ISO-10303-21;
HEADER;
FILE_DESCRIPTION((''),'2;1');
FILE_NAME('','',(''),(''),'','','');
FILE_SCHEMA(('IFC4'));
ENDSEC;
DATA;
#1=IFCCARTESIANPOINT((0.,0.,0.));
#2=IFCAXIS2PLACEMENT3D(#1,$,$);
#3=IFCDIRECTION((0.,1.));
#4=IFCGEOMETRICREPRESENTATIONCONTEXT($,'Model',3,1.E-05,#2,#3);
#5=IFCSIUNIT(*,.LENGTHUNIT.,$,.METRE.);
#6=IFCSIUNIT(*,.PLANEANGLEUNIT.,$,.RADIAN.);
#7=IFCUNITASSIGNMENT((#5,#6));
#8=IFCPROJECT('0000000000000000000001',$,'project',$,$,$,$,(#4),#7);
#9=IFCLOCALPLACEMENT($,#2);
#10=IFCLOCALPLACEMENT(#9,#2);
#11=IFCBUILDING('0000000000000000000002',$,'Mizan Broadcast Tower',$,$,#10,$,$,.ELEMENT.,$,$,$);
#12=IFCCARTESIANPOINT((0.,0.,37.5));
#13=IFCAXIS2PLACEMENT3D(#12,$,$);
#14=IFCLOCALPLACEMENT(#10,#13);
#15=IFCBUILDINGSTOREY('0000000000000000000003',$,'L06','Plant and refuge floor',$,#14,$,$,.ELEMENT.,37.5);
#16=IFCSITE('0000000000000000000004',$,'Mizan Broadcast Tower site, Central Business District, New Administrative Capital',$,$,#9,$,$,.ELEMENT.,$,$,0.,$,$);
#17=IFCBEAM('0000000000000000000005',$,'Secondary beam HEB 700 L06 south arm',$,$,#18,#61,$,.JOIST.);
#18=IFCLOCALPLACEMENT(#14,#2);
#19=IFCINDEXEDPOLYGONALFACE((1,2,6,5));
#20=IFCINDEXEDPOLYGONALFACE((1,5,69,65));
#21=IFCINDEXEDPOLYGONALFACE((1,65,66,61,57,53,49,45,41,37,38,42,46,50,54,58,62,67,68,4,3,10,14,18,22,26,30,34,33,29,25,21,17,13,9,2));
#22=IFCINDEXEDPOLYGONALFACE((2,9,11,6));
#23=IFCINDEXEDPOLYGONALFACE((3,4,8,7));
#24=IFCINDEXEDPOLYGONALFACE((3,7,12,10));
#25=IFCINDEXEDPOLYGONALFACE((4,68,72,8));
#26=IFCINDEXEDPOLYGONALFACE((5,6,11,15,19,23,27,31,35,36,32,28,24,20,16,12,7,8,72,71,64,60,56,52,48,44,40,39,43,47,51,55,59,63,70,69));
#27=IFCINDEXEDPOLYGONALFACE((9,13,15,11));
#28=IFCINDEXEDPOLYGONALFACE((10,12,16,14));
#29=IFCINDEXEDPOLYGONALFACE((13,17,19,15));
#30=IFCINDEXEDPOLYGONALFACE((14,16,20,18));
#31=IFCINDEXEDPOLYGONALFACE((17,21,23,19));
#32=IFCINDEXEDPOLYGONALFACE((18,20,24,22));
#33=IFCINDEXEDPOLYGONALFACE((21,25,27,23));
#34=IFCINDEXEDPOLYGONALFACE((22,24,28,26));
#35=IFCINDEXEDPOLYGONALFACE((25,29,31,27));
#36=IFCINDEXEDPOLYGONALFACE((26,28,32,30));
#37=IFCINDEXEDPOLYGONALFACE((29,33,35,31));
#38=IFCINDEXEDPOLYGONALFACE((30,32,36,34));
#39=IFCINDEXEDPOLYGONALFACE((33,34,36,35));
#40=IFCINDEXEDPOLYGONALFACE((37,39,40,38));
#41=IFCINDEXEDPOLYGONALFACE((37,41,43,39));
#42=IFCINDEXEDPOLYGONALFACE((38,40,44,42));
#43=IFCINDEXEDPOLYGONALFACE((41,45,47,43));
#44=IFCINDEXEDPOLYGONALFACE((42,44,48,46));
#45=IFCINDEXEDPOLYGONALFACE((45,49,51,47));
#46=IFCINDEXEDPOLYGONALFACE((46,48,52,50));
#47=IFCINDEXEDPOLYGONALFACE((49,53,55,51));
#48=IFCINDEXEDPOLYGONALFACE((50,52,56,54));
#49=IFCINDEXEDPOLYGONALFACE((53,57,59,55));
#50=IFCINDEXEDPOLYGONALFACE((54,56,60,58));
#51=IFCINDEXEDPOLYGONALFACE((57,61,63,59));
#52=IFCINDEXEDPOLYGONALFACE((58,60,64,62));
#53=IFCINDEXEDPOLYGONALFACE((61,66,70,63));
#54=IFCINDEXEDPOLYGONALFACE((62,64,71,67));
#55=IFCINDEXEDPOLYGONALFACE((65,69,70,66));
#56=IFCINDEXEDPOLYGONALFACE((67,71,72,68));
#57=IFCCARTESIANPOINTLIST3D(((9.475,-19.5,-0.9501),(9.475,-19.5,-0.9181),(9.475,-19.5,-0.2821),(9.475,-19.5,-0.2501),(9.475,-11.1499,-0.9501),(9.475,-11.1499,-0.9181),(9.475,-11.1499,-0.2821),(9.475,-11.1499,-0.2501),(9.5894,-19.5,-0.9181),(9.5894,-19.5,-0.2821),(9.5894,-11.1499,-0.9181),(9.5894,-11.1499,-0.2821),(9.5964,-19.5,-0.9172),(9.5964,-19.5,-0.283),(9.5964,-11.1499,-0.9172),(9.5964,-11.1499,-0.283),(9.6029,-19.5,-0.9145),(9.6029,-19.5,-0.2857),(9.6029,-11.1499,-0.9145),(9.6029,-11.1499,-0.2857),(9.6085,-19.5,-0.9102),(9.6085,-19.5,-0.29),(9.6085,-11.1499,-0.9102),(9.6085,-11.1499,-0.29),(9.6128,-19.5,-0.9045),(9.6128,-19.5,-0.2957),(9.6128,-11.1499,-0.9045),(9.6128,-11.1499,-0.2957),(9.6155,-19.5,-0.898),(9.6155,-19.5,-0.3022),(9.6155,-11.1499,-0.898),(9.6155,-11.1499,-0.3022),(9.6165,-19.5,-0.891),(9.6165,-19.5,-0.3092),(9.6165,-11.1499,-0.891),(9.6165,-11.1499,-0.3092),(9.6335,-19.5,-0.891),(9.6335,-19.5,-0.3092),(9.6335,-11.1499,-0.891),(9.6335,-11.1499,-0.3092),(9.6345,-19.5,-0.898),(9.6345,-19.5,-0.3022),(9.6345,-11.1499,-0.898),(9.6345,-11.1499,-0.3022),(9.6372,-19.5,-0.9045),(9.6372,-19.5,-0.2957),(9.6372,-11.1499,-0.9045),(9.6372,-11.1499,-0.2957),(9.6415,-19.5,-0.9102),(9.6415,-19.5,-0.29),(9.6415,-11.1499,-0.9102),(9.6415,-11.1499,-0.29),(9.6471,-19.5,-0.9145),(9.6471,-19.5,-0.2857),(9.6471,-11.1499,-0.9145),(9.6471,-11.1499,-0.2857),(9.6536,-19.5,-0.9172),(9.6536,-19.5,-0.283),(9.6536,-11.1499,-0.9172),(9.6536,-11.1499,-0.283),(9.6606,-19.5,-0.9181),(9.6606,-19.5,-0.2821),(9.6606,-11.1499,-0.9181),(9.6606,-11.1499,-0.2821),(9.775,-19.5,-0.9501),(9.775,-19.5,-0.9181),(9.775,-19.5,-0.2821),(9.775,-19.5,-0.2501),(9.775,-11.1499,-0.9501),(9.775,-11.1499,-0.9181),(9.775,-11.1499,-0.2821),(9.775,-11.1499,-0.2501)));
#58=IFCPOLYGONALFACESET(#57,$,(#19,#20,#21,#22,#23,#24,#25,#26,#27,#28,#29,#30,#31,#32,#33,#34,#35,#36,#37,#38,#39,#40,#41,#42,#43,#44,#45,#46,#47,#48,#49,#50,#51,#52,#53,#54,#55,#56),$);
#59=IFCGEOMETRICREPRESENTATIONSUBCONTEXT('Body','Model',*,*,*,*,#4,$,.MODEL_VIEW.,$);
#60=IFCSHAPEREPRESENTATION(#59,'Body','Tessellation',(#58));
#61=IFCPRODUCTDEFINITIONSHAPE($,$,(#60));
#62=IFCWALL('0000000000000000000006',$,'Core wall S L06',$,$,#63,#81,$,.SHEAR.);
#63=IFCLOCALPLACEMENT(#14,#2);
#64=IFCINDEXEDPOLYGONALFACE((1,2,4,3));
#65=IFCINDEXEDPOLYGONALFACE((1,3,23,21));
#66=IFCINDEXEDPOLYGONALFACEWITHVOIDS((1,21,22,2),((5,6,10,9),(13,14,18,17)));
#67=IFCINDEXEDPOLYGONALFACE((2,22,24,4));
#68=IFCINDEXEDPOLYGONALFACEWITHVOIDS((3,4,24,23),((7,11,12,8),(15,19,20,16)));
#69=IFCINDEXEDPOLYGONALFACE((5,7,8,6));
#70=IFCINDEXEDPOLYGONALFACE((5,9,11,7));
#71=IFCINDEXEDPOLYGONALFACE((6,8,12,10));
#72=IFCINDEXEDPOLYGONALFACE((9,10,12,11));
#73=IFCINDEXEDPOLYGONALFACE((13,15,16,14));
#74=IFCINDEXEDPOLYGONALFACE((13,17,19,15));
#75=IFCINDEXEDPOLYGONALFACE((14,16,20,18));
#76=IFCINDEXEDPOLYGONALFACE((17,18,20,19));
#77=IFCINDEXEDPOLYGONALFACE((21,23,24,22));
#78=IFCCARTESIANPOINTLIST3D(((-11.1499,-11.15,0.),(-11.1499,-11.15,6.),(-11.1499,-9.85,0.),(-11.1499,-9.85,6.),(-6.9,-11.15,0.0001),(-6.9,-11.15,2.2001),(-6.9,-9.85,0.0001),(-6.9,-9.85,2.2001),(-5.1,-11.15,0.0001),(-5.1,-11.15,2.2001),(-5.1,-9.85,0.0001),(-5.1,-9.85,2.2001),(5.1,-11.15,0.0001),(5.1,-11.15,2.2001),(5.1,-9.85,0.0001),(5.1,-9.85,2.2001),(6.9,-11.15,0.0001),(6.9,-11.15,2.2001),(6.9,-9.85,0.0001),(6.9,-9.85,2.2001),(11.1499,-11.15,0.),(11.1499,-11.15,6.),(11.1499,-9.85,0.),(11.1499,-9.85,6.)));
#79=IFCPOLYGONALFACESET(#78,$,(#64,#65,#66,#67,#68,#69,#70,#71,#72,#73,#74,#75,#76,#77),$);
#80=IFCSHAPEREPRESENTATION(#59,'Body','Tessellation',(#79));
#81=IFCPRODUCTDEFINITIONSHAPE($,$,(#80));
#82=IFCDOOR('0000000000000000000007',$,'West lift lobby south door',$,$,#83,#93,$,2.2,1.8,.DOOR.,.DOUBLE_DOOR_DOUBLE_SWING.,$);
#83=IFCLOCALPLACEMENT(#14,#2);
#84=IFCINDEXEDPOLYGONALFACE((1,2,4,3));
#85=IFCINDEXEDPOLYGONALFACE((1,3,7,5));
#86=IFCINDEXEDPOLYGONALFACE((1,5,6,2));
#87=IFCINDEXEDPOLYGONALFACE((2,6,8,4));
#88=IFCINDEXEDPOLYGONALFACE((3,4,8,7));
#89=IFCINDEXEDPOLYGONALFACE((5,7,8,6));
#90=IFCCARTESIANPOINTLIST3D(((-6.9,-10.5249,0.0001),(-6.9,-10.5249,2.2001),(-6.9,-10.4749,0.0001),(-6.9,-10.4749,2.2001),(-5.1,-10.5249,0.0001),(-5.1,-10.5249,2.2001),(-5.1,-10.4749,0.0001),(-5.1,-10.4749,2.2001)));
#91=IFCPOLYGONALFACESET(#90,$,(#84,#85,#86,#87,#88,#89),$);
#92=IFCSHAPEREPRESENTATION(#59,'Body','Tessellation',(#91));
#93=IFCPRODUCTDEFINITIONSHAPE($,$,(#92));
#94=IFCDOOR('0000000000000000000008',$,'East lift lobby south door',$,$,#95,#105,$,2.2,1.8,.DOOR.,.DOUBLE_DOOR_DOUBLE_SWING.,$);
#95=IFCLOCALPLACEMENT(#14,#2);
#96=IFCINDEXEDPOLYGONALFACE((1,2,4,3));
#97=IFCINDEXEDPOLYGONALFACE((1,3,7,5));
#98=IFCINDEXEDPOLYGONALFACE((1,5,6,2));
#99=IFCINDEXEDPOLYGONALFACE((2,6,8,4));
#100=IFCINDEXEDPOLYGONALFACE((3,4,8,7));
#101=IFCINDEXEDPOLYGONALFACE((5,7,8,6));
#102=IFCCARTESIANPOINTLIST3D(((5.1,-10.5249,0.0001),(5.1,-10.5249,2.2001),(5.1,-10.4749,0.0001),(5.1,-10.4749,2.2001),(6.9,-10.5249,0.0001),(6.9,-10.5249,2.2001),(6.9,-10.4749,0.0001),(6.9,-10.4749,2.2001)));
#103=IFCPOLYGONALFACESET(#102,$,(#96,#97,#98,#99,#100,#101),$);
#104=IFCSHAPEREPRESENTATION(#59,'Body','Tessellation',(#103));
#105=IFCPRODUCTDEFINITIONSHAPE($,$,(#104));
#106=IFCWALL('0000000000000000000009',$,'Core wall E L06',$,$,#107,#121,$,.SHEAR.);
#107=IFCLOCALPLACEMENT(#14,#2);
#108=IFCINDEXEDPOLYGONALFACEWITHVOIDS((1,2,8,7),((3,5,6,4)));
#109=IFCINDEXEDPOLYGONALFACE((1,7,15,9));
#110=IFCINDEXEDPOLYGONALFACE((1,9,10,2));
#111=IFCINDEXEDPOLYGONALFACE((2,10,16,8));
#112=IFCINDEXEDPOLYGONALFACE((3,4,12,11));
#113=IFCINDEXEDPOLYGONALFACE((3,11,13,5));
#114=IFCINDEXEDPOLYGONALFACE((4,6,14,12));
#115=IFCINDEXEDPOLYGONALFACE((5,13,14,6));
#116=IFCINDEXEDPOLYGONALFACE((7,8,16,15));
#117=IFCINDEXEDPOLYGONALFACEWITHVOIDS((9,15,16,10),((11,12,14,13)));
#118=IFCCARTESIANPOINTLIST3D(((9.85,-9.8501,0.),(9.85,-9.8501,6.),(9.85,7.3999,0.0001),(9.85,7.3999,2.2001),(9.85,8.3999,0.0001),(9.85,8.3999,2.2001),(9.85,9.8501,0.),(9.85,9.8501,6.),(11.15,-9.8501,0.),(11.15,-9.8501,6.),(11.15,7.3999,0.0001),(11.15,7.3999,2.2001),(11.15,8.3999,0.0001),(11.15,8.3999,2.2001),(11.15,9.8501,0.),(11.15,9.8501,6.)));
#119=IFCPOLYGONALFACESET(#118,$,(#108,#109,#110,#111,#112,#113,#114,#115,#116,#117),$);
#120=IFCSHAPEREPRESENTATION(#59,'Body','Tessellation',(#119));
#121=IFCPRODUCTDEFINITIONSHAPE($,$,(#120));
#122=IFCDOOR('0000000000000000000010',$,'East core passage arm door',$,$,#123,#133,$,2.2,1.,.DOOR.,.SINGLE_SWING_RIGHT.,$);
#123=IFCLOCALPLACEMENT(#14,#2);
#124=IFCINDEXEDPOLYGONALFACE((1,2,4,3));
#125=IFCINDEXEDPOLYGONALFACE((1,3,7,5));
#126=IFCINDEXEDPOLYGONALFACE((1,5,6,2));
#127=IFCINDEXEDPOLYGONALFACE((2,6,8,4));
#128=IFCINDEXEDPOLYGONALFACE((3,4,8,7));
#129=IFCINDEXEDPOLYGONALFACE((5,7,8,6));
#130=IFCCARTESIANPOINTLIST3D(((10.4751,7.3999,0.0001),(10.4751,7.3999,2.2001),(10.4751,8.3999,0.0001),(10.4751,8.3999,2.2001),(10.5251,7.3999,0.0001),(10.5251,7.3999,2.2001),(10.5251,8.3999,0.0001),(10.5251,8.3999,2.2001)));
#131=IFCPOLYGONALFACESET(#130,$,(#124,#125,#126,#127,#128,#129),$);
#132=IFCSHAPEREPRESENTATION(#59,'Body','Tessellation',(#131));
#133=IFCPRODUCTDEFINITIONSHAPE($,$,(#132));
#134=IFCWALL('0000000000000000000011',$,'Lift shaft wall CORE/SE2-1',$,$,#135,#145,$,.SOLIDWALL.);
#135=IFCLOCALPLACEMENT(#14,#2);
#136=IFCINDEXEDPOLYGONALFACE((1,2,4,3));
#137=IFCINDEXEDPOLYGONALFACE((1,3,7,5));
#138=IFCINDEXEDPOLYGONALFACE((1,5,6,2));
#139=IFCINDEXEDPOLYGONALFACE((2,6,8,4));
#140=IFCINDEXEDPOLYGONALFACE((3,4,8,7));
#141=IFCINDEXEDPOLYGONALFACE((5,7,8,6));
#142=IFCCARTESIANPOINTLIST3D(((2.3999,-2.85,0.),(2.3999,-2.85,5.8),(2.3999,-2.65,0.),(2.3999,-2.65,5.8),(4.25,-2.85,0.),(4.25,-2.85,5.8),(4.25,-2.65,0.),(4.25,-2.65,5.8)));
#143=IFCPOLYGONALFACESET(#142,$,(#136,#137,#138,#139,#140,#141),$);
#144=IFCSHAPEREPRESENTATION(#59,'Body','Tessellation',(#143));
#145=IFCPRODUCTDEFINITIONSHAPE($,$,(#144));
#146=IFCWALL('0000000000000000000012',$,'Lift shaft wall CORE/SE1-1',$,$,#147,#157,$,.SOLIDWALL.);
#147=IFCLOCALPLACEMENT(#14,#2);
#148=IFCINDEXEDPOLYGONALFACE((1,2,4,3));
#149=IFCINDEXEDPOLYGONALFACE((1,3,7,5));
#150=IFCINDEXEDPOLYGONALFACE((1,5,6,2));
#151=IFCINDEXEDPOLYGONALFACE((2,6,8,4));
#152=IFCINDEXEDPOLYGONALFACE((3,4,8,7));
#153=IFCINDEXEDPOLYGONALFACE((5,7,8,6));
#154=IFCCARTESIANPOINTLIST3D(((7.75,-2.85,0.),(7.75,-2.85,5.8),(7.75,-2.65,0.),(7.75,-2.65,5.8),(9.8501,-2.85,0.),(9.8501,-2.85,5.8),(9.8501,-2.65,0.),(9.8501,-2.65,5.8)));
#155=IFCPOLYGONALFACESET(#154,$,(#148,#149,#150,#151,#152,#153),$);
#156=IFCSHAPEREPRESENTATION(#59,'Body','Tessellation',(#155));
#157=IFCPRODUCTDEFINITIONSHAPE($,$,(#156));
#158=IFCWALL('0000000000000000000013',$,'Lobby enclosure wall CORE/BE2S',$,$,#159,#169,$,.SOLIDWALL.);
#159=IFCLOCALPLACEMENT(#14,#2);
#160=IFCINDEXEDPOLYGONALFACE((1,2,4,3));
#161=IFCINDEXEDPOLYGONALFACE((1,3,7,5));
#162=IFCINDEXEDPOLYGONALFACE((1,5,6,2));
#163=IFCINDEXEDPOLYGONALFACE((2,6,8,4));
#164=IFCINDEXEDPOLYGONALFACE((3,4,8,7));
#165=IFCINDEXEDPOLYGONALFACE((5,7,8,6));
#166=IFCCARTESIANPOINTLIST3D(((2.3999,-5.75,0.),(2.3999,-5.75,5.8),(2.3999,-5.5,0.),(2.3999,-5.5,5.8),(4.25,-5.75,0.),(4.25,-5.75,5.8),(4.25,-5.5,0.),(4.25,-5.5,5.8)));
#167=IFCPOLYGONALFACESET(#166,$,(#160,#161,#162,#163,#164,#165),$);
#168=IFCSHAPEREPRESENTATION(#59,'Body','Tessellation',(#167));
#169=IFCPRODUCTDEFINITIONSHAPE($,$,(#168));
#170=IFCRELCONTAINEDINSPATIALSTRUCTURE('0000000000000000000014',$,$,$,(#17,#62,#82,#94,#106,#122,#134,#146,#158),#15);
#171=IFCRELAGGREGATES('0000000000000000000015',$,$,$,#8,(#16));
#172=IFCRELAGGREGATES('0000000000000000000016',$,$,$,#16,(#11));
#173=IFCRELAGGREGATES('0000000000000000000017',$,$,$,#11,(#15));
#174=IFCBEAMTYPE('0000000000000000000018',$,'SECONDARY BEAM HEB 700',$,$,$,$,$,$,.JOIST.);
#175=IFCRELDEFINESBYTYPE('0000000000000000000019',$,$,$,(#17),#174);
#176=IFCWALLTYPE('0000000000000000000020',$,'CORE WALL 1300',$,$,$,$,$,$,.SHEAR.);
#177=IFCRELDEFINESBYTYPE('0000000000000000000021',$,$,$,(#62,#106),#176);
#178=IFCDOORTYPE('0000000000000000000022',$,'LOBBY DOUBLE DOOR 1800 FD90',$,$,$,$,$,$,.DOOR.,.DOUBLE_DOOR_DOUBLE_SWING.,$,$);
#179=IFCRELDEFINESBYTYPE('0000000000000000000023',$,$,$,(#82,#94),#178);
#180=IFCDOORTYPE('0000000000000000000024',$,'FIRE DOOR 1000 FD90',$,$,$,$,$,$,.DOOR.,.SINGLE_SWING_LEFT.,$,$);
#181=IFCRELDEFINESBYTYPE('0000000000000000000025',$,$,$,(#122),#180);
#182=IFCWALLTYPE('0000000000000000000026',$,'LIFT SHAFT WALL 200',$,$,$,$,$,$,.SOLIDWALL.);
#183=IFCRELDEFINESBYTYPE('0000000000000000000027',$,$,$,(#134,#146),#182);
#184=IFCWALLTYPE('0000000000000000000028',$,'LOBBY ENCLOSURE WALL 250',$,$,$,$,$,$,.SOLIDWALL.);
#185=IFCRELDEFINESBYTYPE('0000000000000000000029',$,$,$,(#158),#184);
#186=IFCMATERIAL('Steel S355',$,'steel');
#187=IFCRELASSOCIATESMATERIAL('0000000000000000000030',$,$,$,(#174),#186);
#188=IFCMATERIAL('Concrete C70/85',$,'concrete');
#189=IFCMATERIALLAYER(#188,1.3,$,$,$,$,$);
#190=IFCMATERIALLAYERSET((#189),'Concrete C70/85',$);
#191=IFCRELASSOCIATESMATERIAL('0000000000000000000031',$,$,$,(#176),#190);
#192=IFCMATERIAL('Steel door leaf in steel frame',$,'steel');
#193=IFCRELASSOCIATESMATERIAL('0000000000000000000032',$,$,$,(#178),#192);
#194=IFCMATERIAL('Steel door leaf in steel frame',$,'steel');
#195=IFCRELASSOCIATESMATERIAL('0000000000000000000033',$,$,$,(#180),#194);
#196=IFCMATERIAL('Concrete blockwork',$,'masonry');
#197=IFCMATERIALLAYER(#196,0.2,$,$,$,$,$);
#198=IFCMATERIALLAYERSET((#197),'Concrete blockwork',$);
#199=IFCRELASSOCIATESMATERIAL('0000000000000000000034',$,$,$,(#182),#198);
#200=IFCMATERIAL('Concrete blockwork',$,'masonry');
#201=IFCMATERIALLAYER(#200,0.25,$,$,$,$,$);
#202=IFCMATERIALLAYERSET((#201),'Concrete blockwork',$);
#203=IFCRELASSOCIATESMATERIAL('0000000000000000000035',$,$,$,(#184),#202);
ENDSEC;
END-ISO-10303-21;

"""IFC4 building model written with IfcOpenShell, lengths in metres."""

from ifc_helpers import new_model, si_unit, direction, frame, frame_2d, origin, origin_2d, place, context, subcontext, project, spatial, rectangle, i_section, extrude, material, layer, layer_set, material_profile, profile_set, type_object, element, fill, save


model = new_model("IFC4")

# Units and contexts
model_context = context("Model", 3, precision=1e-05, world=origin(), true_north=direction((0.0, 1.0)))
body_context = subcontext(model_context, "Body", "Model", "MODEL_VIEW")
ifc_project = project(units=[si_unit("LENGTHUNIT", "METRE"), si_unit("PLANEANGLEUNIT", "RADIAN")], contexts=[model_context])

# Site, building, storey
site_placement = place(None, origin())
site = spatial("IfcSite", under=ifc_project, at=site_placement, Name="Mizan Broadcast Tower site, Central Business District, New Administrative Capital", CompositionType="ELEMENT", RefElevation=0.0)
building_placement = place(site_placement, origin())
building = spatial("IfcBuilding", under=site, at=building_placement, Name="Mizan Broadcast Tower", CompositionType="ELEMENT")
storey_placement = place(building_placement, frame((0.0, 0.0, 37.5)))
storey = spatial("IfcBuildingStorey", under=building, at=storey_placement, Name="L06", Description="Plant and refuge floor", CompositionType="ELEMENT", Elevation=37.5)

# Beam
ifc_material_1 = material(Name="Steel S355", Category="steel")
ifc_material_profile_1 = material_profile(ifc_material_1, i_section(OverallWidth=0.3, OverallDepth=0.7, WebThickness=0.0171, FlangeThickness=0.032, FilletRadius=0.0271, at=origin_2d()), Name="HEB 700")
ifc_profile_set_1 = profile_set([ifc_material_profile_1], Name="Steel S355")
beam_type_1 = type_object("IfcBeamType", Name="SECONDARY BEAM HEB 700", PredefinedType="JOIST", material=ifc_profile_set_1)
for number, where, z_axis, x_axis, name in (
    (1, (9.625, -11.1499, -0.6001), (0.0, -1.0, 0.0), (1.0, 0.0, 0.0), "Secondary beam HEB 700 L06 south arm"),
):
    element("IfcBeam", number, at=place(storey_placement, frame(where, z_axis=z_axis, x_axis=x_axis)), inside=storey, type_object=beam_type_1, Name=name, PredefinedType="JOIST", context=body_context, shape_type="SweptSolid", body=[
        extrude(i_section(OverallWidth=0.3, OverallDepth=0.7, WebThickness=0.0171, FlangeThickness=0.032, FilletRadius=0.0271, at=origin_2d()), origin(), (0.0, 0.0, 1.0), 8.3501),
    ])

# Wall, openings, doors
ifc_material_2 = material(Name="Concrete C70/85", Category="concrete")
ifc_layer_1 = layer(ifc_material_2, 1.3)
ifc_layer_set_1 = layer_set([ifc_layer_1], Name="Concrete C70/85")
wall_type_1 = type_object("IfcWallType", Name="CORE WALL 1300", PredefinedType="SHEAR", material=ifc_layer_set_1)
wall_1_placement = place(storey_placement, frame((11.1499, -10.5, 0.0), z_axis=(0.0, 0.0, 1.0), x_axis=(-1.0, 0.0, 0.0)))
wall_1 = element("IfcWall", 2, at=wall_1_placement, inside=storey, type_object=wall_type_1, Name="Core wall S L06", PredefinedType="SHEAR", context=body_context, shape_type="SweptSolid", body=[
    extrude(rectangle(XDim=22.2998, YDim=1.3, at=frame_2d((11.1499, 0.0))), origin(), (0.0, 0.0, 1.0), 6.0),
])
opening_1_placement = place(wall_1_placement, frame((16.25, 0.0, 0.0)))
opening_1 = element("IfcOpeningElement", 3, at=opening_1_placement, cuts=wall_1, PredefinedType="OPENING", context=body_context, shape_type="SweptSolid", body=[
    extrude(rectangle(XDim=1.8, YDim=2.2, at=frame_2d((0.8999, 1.1001))), frame((0.0, 0.6599, 0.0), z_axis=(0.0, -1.0, 0.0), x_axis=(1.0, 0.0, 0.0)), (0.0, 0.0, 1.0), 1.3201),
])
opening_2_placement = place(wall_1_placement, frame((4.25, 0.0, 0.0)))
opening_2 = element("IfcOpeningElement", 4, at=opening_2_placement, cuts=wall_1, PredefinedType="OPENING", context=body_context, shape_type="SweptSolid", body=[
    extrude(rectangle(XDim=1.8, YDim=2.2, at=frame_2d((0.8999, 1.1001))), frame((0.0, 0.6599, 0.0), z_axis=(0.0, -1.0, 0.0), x_axis=(1.0, 0.0, 0.0)), (0.0, 0.0, 1.0), 1.3201),
])
ifc_material_3 = material(Name="Steel door leaf in steel frame", Category="steel")
door_type_1 = type_object("IfcDoorType", Name="LOBBY DOUBLE DOOR 1800 FD90", OperationType="DOUBLE_DOOR_DOUBLE_SWING", PredefinedType="DOOR", material=ifc_material_3)
door_1_placement = place(opening_1_placement, origin())
door_1 = element("IfcDoor", 5, at=door_1_placement, inside=storey, type_object=door_type_1, Name="West lift lobby south door", OperationType="DOUBLE_DOOR_DOUBLE_SWING", OverallHeight=2.2, OverallWidth=1.8, PredefinedType="DOOR", context=body_context, shape_type="SweptSolid", body=[
    extrude(rectangle(XDim=1.8, YDim=2.2, at=frame_2d((0.8999, 1.1001))), frame((0.0, 0.0249, 0.0), z_axis=(0.0, -1.0, 0.0), x_axis=(1.0, 0.0, 0.0)), (0.0, 0.0, 1.0), 0.05),
])
fill(opening_1, door_1)
door_2_placement = place(opening_2_placement, origin())
door_2 = element("IfcDoor", 6, at=door_2_placement, inside=storey, type_object=door_type_1, Name="East lift lobby south door", OperationType="DOUBLE_DOOR_DOUBLE_SWING", OverallHeight=2.2, OverallWidth=1.8, PredefinedType="DOOR", context=body_context, shape_type="SweptSolid", body=[
    extrude(rectangle(XDim=1.8, YDim=2.2, at=frame_2d((0.8999, 1.1001))), frame((0.0, 0.0249, 0.0), z_axis=(0.0, -1.0, 0.0), x_axis=(1.0, 0.0, 0.0)), (0.0, 0.0, 1.0), 0.05),
])
fill(opening_2, door_2)

# Wall, opening, door
wall_2_placement = place(storey_placement, frame((10.5, -9.8501, 0.0), z_axis=(0.0, 0.0, 1.0), x_axis=(0.0, 1.0, 0.0)))
wall_2 = element("IfcWall", 7, at=wall_2_placement, inside=storey, type_object=wall_type_1, Name="Core wall E L06", PredefinedType="SHEAR", context=body_context, shape_type="SweptSolid", body=[
    extrude(rectangle(XDim=19.7002, YDim=1.3, at=frame_2d((9.8501, 0.0))), origin(), (0.0, 0.0, 1.0), 6.0),
])
opening_3_placement = place(wall_2_placement, frame((17.25, 0.0, 0.0)))
opening_3 = element("IfcOpeningElement", 8, at=opening_3_placement, cuts=wall_2, PredefinedType="OPENING", context=body_context, shape_type="SweptSolid", body=[
    extrude(rectangle(XDim=1.0, YDim=2.2, at=frame_2d((0.5, 1.1001))), frame((0.0, 0.6599, 0.0), z_axis=(0.0, -1.0, 0.0), x_axis=(1.0, 0.0, 0.0)), (0.0, 0.0, 1.0), 1.3201),
])
ifc_material_4 = material(Name="Steel door leaf in steel frame", Category="steel")
door_type_2 = type_object("IfcDoorType", Name="FIRE DOOR 1000 FD90", OperationType="SINGLE_SWING_LEFT", PredefinedType="DOOR", material=ifc_material_4)
door_3_placement = place(opening_3_placement, origin())
door_3 = element("IfcDoor", 9, at=door_3_placement, inside=storey, type_object=door_type_2, Name="East core passage arm door", OperationType="SINGLE_SWING_RIGHT", OverallHeight=2.2, OverallWidth=1.0, PredefinedType="DOOR", context=body_context, shape_type="SweptSolid", body=[
    extrude(rectangle(XDim=1.0, YDim=2.2, at=frame_2d((0.5, 1.1001))), frame((0.0, 0.0249, 0.0), z_axis=(0.0, -1.0, 0.0), x_axis=(1.0, 0.0, 0.0)), (0.0, 0.0, 1.0), 0.05),
])
fill(opening_3, door_3)

# Walls
ifc_material_5 = material(Name="Concrete blockwork", Category="masonry")
ifc_layer_2 = layer(ifc_material_5, 0.2)
ifc_layer_set_2 = layer_set([ifc_layer_2], Name="Concrete blockwork")
wall_type_2 = type_object("IfcWallType", Name="LIFT SHAFT WALL 200", PredefinedType="SOLIDWALL", material=ifc_layer_set_2)
wall_3_placement = place(storey_placement, frame((2.3999, -2.75, 0.0), z_axis=(0.0, 0.0, 1.0), x_axis=(1.0, 0.0, 0.0)))
element("IfcWall", 10, at=wall_3_placement, inside=storey, type_object=wall_type_2, Name="Lift shaft wall CORE/SE2-1", PredefinedType="SOLIDWALL", context=body_context, shape_type="SweptSolid", body=[
    extrude(rectangle(XDim=1.8501, YDim=0.2, at=frame_2d((0.925, 0.0))), origin(), (0.0, 0.0, 1.0), 5.8),
])
wall_4_placement = place(storey_placement, frame((7.75, -2.75, 0.0), z_axis=(0.0, 0.0, 1.0), x_axis=(1.0, 0.0, 0.0)))
element("IfcWall", 11, at=wall_4_placement, inside=storey, type_object=wall_type_2, Name="Lift shaft wall CORE/SE1-1", PredefinedType="SOLIDWALL", context=body_context, shape_type="SweptSolid", body=[
    extrude(rectangle(XDim=2.1001, YDim=0.2, at=frame_2d((1.05, 0.0))), origin(), (0.0, 0.0, 1.0), 5.8),
])
ifc_material_6 = material(Name="Concrete blockwork", Category="masonry")
ifc_layer_3 = layer(ifc_material_6, 0.25)
ifc_layer_set_3 = layer_set([ifc_layer_3], Name="Concrete blockwork")
wall_type_3 = type_object("IfcWallType", Name="LOBBY ENCLOSURE WALL 250", PredefinedType="SOLIDWALL", material=ifc_layer_set_3)
wall_5_placement = place(storey_placement, frame((2.3999, -5.625, 0.0), z_axis=(0.0, 0.0, 1.0), x_axis=(1.0, 0.0, 0.0)))
element("IfcWall", 12, at=wall_5_placement, inside=storey, type_object=wall_type_3, Name="Lobby enclosure wall CORE/BE2S", PredefinedType="SOLIDWALL", context=body_context, shape_type="SweptSolid", body=[
    extrude(rectangle(XDim=1.8501, YDim=0.25, at=frame_2d((0.925, 0.0))), origin(), (0.0, 0.0, 1.0), 5.8),
])

save(model, "model.ifc")
